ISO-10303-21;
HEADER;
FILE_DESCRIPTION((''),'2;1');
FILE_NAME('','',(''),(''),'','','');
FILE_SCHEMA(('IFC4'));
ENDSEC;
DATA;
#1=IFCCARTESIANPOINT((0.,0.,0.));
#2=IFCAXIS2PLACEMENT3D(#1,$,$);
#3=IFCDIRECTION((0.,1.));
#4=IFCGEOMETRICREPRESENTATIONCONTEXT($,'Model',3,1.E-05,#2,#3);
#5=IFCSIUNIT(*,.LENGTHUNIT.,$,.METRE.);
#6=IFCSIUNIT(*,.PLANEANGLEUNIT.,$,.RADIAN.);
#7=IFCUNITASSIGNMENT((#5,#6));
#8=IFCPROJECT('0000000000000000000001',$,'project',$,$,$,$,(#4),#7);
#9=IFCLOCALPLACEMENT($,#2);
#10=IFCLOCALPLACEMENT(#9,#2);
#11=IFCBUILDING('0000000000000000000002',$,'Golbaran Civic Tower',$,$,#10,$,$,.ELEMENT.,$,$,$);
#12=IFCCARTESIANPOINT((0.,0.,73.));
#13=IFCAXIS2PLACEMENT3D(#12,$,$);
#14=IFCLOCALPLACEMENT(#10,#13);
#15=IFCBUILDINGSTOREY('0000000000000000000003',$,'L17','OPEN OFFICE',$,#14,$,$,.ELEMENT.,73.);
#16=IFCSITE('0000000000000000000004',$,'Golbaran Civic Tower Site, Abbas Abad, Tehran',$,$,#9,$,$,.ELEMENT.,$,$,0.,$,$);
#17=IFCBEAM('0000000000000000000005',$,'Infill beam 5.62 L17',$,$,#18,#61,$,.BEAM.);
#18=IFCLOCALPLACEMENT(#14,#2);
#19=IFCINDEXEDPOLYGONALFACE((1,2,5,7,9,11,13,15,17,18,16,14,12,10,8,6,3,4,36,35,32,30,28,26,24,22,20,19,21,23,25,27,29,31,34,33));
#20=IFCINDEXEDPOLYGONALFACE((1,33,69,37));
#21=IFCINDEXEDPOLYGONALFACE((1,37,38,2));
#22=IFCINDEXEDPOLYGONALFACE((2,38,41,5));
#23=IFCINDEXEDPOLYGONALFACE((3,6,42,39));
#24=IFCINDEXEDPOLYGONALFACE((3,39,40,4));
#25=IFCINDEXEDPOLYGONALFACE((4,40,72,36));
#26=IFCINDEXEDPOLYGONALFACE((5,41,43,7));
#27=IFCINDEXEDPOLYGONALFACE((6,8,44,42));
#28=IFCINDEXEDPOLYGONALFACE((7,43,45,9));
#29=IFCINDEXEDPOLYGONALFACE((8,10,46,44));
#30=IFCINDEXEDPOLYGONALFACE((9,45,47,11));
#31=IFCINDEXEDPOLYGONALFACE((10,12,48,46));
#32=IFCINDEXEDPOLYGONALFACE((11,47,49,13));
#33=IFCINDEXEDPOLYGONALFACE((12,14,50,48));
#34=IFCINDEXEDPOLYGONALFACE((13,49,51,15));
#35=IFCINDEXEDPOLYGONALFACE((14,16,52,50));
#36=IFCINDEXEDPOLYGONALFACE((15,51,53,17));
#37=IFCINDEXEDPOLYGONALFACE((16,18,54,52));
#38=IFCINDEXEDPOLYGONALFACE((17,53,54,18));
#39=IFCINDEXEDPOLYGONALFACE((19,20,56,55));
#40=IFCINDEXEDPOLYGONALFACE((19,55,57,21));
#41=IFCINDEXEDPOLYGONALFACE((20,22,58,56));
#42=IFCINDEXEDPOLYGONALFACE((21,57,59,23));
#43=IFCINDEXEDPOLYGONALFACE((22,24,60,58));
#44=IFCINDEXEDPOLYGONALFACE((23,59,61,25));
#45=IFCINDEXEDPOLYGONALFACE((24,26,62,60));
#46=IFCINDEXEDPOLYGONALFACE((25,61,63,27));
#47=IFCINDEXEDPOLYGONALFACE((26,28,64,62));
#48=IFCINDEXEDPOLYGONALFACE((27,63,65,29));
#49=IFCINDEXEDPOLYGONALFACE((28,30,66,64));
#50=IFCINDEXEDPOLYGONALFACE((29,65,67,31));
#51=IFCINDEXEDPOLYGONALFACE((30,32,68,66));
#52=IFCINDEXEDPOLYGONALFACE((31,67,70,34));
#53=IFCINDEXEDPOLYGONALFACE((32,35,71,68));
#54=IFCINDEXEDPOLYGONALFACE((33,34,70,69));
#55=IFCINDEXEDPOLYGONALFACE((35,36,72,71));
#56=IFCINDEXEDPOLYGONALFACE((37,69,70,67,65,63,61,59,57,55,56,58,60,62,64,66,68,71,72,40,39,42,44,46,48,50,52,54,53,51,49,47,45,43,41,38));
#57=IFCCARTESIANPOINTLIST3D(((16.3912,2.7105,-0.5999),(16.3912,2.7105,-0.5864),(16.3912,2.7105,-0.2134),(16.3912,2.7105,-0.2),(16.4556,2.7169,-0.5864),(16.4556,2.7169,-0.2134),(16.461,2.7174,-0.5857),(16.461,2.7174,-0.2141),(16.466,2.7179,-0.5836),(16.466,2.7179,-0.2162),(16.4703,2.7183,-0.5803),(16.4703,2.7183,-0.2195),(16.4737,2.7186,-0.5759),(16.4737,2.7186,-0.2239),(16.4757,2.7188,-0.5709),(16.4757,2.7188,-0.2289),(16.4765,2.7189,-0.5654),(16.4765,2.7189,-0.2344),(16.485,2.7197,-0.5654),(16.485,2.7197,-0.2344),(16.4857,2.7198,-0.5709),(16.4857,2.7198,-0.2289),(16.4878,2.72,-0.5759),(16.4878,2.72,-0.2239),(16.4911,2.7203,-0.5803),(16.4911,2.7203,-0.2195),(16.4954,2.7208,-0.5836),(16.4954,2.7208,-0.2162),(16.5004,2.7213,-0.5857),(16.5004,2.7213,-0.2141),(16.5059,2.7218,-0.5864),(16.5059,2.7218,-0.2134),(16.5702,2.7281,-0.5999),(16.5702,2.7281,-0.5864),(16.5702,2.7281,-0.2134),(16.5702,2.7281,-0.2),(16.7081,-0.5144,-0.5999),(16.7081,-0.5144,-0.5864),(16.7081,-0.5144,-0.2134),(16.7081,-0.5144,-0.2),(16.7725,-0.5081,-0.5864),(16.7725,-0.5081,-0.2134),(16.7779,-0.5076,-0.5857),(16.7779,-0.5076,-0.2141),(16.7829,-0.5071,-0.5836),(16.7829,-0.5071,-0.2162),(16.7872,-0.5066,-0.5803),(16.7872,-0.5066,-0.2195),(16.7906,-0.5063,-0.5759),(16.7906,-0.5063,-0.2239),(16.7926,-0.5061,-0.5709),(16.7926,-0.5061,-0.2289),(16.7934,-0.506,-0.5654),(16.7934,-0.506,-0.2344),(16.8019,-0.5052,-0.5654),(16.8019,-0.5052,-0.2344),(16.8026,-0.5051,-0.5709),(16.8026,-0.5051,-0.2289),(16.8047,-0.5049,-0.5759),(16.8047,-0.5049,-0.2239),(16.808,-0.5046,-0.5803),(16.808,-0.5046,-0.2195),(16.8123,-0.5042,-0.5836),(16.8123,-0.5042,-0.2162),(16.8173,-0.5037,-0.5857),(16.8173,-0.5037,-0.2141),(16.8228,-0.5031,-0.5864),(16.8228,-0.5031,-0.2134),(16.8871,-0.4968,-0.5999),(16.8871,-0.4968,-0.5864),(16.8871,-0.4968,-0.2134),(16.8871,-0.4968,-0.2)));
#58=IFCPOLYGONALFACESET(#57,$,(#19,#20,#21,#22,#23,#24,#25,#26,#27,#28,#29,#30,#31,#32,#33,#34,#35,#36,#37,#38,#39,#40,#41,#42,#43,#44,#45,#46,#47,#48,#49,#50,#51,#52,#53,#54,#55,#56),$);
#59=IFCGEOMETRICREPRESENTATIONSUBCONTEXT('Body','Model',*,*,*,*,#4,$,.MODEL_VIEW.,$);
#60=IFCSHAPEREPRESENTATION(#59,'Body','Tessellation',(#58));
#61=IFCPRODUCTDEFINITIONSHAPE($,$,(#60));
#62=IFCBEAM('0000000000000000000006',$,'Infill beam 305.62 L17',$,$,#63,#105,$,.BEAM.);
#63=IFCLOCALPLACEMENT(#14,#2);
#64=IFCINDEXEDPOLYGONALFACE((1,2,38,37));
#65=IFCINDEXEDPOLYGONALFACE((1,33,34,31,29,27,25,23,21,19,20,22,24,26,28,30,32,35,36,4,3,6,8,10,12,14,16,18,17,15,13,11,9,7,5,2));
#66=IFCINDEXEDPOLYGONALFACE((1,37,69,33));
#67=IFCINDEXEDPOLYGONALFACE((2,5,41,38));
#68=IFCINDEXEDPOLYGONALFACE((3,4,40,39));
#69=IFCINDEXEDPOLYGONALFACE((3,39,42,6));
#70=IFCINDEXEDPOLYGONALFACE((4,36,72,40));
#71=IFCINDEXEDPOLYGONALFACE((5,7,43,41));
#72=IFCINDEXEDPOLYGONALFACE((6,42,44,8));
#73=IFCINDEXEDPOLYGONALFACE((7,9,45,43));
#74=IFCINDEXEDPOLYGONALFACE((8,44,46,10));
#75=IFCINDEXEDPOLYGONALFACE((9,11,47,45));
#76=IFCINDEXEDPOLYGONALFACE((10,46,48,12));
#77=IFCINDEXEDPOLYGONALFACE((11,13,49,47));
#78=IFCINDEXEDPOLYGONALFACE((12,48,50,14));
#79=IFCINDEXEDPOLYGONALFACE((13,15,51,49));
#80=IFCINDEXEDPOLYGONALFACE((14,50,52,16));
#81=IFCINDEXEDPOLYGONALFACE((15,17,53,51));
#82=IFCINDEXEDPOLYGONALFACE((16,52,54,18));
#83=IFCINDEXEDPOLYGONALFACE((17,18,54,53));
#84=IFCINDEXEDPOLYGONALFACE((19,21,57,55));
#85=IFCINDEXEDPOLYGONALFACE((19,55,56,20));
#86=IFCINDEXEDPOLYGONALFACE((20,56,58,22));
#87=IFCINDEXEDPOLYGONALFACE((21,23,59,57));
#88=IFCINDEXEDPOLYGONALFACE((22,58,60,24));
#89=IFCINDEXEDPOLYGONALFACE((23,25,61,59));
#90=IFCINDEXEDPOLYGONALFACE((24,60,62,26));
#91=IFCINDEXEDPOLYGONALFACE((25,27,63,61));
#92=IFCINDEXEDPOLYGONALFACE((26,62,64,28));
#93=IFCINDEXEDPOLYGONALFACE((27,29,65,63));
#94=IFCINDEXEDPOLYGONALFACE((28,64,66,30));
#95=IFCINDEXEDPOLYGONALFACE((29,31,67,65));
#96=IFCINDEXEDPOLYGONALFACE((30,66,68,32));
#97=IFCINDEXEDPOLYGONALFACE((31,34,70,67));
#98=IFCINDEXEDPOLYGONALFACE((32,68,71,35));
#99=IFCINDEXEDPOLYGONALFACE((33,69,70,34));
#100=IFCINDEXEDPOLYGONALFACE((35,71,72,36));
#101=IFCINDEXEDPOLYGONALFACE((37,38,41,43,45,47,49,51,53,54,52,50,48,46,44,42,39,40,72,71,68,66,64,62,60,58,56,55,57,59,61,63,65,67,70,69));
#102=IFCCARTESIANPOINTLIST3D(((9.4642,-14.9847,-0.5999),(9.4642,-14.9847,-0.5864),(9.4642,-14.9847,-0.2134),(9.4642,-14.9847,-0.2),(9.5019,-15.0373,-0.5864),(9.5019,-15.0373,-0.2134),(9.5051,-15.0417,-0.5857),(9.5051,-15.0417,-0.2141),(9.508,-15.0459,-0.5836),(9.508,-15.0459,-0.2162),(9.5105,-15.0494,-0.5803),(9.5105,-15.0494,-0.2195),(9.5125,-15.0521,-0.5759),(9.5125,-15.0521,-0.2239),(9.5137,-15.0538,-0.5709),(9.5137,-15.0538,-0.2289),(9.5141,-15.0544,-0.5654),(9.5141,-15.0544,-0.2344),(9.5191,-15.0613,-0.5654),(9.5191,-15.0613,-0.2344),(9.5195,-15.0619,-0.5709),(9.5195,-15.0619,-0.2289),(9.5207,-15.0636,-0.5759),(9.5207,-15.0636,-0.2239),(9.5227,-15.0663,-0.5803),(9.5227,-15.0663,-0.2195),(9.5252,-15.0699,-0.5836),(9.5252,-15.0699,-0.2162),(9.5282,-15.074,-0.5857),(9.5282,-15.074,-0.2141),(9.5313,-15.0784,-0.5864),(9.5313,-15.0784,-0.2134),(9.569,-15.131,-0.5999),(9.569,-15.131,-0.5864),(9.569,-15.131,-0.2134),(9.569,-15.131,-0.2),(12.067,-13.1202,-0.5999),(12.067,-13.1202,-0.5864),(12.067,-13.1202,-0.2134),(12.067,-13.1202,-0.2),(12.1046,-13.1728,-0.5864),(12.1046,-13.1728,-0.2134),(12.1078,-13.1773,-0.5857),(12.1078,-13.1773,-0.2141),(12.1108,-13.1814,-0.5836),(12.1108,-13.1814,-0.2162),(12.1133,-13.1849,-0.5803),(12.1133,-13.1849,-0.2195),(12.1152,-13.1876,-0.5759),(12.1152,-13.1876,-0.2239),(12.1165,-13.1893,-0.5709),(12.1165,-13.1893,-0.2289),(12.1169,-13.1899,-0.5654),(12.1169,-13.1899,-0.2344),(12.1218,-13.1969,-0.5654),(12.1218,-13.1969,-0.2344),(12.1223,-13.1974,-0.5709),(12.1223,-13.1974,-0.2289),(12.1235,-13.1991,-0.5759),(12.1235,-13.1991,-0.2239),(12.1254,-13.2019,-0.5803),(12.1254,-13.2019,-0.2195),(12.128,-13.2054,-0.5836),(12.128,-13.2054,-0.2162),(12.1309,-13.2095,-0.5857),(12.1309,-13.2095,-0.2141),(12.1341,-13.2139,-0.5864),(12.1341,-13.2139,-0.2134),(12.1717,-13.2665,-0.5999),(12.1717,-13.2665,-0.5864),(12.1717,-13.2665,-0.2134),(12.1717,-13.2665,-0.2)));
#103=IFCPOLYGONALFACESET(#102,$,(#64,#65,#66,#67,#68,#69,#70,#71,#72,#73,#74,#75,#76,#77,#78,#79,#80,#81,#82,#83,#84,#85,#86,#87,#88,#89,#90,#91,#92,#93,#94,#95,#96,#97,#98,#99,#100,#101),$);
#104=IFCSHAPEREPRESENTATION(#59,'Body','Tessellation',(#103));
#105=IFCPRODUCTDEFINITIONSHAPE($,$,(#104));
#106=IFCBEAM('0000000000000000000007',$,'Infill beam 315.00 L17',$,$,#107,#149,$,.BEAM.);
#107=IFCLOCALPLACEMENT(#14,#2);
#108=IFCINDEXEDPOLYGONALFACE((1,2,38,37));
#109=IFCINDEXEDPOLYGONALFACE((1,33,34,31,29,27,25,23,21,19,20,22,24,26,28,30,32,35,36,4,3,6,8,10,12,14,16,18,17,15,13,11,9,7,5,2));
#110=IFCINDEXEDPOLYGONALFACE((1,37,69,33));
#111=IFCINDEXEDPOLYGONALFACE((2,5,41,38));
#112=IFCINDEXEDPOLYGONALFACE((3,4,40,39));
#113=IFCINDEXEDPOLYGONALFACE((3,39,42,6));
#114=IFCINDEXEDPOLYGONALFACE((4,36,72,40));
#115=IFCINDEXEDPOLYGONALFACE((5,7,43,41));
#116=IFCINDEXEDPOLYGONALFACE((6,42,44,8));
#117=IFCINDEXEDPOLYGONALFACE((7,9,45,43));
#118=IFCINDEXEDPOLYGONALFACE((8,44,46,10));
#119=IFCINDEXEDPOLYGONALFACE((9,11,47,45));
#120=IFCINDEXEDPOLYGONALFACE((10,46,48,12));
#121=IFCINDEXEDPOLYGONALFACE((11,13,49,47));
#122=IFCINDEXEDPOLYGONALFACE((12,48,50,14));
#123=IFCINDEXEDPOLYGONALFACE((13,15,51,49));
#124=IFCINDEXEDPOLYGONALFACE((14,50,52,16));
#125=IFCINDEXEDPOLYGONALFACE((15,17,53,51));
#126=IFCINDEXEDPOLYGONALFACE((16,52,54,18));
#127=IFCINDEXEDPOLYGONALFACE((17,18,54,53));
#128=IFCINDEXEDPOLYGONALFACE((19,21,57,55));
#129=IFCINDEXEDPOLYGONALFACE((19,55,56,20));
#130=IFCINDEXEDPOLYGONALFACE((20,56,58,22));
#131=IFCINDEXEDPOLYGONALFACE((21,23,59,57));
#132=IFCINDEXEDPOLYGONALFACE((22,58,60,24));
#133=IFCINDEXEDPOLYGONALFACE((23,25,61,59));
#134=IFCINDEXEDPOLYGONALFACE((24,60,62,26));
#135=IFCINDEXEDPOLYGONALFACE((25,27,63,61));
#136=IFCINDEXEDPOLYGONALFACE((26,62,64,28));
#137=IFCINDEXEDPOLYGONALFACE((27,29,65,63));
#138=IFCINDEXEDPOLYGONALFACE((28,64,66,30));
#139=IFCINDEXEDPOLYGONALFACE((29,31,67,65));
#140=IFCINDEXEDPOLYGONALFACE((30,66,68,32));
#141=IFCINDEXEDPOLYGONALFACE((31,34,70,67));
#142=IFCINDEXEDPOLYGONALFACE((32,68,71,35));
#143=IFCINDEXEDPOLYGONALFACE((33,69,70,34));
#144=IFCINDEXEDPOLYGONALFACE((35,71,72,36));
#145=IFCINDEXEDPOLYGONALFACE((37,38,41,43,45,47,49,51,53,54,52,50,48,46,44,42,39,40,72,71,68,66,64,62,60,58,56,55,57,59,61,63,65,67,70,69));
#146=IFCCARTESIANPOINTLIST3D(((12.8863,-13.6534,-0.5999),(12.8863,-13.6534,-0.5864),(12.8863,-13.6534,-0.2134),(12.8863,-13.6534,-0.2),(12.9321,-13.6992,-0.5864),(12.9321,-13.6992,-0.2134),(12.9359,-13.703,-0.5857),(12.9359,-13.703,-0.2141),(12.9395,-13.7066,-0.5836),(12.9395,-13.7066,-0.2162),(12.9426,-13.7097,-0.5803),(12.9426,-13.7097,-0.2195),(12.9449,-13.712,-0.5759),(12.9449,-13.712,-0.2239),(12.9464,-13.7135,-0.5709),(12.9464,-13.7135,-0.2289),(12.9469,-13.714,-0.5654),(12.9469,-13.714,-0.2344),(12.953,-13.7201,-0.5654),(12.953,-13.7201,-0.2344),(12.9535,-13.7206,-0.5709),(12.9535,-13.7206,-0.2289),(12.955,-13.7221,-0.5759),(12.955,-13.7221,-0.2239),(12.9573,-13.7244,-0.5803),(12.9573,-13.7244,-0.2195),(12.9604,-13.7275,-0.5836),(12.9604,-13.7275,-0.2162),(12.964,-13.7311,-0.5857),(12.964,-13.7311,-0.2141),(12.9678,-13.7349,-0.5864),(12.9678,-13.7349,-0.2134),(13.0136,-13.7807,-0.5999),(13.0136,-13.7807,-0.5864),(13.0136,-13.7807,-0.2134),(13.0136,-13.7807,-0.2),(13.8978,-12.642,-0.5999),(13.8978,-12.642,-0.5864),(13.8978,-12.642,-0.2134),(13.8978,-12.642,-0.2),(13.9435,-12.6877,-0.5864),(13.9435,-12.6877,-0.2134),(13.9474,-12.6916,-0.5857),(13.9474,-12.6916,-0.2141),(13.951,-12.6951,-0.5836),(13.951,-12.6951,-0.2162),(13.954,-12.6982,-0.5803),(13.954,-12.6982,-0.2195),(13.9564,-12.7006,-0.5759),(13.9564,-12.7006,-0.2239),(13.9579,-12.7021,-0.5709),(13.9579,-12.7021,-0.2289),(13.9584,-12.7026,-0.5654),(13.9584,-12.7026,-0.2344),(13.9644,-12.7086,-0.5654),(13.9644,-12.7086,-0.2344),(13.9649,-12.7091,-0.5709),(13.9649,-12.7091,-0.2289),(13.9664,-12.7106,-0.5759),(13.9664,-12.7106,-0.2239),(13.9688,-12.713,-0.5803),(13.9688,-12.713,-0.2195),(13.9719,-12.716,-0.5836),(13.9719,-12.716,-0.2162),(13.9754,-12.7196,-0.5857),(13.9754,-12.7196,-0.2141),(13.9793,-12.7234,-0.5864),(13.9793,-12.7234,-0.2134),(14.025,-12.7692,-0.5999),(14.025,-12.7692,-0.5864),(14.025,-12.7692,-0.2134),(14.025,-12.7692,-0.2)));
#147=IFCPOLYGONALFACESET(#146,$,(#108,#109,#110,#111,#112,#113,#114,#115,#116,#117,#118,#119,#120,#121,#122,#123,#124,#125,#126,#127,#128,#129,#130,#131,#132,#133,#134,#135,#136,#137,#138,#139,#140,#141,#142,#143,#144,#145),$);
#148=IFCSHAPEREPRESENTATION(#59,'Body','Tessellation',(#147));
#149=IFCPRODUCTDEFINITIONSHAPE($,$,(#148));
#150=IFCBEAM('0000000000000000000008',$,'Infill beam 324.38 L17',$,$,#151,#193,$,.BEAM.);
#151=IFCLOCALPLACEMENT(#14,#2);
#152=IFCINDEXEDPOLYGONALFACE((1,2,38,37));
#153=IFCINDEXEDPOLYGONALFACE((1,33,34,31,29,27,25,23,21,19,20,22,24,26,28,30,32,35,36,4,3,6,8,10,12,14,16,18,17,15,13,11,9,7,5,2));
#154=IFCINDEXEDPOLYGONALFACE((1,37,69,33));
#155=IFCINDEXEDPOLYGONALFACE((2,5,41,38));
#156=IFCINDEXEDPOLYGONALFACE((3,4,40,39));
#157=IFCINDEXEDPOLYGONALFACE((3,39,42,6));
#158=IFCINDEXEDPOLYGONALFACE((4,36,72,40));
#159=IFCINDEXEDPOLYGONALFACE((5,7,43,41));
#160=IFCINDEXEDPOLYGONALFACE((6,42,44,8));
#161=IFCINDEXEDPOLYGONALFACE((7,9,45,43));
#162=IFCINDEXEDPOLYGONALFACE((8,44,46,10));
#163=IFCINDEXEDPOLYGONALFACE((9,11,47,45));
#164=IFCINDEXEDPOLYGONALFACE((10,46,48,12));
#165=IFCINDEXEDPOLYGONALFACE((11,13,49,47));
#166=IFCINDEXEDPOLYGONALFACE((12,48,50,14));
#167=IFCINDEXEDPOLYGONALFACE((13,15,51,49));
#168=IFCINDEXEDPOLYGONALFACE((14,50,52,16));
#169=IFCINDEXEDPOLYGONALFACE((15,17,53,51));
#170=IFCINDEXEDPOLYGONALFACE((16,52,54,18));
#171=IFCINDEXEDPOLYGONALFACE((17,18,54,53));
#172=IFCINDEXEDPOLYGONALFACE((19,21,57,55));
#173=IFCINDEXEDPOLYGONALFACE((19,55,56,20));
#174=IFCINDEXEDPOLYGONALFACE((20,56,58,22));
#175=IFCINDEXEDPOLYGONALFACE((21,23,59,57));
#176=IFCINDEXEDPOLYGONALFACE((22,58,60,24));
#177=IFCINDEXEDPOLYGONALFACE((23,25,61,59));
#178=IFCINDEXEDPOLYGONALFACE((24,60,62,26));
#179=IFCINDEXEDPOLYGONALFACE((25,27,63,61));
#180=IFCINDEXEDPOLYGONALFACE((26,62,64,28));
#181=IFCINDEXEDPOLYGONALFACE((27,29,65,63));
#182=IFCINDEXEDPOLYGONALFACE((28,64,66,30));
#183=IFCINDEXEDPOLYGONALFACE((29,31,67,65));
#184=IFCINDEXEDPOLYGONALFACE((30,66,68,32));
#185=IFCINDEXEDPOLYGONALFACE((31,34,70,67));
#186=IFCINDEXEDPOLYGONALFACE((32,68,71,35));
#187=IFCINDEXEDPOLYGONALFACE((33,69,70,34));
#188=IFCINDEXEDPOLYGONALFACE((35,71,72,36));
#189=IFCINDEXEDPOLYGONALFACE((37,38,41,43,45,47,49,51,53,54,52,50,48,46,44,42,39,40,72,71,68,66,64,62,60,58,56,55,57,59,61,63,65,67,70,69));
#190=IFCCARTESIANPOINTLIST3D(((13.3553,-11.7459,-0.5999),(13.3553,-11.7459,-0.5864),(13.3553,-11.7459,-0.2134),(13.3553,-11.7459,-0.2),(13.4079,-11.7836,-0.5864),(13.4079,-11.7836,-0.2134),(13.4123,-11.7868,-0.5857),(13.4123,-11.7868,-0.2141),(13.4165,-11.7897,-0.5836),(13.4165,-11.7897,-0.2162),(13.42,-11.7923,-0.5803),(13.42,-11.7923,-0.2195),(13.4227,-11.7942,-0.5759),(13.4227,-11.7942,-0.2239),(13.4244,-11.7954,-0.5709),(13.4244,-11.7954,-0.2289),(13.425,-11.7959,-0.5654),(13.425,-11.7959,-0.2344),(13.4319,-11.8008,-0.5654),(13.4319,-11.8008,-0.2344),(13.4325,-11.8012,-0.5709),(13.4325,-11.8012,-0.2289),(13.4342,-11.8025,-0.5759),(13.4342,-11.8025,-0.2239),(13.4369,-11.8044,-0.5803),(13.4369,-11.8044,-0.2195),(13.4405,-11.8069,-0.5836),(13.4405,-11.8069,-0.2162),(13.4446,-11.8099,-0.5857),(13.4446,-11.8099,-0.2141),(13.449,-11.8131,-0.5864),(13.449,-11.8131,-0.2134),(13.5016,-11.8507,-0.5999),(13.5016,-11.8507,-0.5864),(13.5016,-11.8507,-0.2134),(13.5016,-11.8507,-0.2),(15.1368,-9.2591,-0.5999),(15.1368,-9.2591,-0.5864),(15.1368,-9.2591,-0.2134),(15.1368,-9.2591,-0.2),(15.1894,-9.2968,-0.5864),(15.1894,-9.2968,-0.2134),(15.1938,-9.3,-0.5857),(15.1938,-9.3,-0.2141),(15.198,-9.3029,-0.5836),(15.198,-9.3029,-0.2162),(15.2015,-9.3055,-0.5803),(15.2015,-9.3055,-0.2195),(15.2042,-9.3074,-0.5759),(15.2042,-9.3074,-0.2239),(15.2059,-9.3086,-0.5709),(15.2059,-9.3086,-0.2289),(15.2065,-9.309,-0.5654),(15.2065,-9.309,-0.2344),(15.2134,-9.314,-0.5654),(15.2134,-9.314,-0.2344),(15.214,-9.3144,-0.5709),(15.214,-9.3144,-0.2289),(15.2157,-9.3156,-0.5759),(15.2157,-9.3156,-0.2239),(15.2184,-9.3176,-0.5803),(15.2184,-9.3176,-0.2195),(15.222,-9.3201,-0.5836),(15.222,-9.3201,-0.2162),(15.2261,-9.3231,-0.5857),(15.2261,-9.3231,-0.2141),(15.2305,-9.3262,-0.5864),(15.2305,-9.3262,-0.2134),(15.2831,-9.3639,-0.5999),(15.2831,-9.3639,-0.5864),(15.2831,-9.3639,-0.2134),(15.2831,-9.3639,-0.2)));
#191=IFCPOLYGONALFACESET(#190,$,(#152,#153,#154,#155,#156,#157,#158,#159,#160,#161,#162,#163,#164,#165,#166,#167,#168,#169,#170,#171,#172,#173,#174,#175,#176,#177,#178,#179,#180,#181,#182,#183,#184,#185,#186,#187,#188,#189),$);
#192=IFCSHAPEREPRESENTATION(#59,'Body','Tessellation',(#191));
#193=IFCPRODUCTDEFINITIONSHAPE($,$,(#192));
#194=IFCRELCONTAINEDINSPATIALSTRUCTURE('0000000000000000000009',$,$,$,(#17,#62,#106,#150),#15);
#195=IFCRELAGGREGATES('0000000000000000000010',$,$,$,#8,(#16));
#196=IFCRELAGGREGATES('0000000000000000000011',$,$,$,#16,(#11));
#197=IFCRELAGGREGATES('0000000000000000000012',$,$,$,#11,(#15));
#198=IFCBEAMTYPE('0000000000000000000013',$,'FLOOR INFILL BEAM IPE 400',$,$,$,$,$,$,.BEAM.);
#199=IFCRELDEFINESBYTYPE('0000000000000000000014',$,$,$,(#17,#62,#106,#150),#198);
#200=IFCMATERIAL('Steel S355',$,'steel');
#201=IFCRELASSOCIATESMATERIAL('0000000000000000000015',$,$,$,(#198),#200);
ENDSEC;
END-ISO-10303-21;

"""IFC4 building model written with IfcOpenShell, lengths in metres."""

from ifc_helpers import new_model, si_unit, direction, frame, origin, origin_2d, place, context, subcontext, project, spatial, i_section, extrude, material, material_profile, profile_set, type_object, element, save


model = new_model("IFC4")

# Units and contexts
model_context = context("Model", 3, precision=1e-05, world=origin(), true_north=direction((0.0, 1.0)))
body_context = subcontext(model_context, "Body", "Model", "MODEL_VIEW")
ifc_project = project(units=[si_unit("LENGTHUNIT", "METRE"), si_unit("PLANEANGLEUNIT", "RADIAN")], contexts=[model_context])

# Site, building, storey
site_placement = place(None, origin())
site = spatial("IfcSite", under=ifc_project, at=site_placement, Name="Golbaran Civic Tower Site, Abbas Abad, Tehran", CompositionType="ELEMENT", RefElevation=0.0)
building_placement = place(site_placement, origin())
building = spatial("IfcBuilding", under=site, at=building_placement, Name="Golbaran Civic Tower", CompositionType="ELEMENT")
storey_placement = place(building_placement, frame((0.0, 0.0, 73.0)))
storey = spatial("IfcBuildingStorey", under=building, at=storey_placement, Name="L17", Description="OPEN OFFICE", CompositionType="ELEMENT", Elevation=73.0)

# Beams
ifc_material_1 = material(Name="Steel S355", Category="steel")
ifc_material_profile_1 = material_profile(ifc_material_1, i_section(OverallWidth=0.1799, OverallDepth=0.3999, WebThickness=0.0085, FlangeThickness=0.0134, FilletRadius=0.021, at=origin_2d()), Name="IPE 400")
ifc_profile_set_1 = profile_set([ifc_material_profile_1], Name="Steel S355")
beam_type_1 = type_object("IfcBeamType", Name="FLOOR INFILL BEAM IPE 400", PredefinedType="BEAM", material=ifc_profile_set_1)
beam_1_placement = place(storey_placement, frame((16.7976, -0.5056, -0.3999), z_axis=(-0.097795, 0.995207, 0.0), x_axis=(-0.995207, -0.097795, 0.0)))
element("IfcBeam", 1, at=beam_1_placement, inside=storey, type_object=beam_type_1, Name="Infill beam 5.62 L17", PredefinedType="BEAM", context=body_context, shape_type="SweptSolid", body=[
    extrude(i_section(OverallWidth=0.1799, OverallDepth=0.3999, WebThickness=0.0085, FlangeThickness=0.0134, FilletRadius=0.021, at=origin_2d()), origin(), (0.0, 0.0, 1.0), 3.2405),
])
beam_2_placement = place(storey_placement, frame((9.5166, -15.0579, -0.3999), z_axis=(0.812939, 0.582348, 0.0), x_axis=(-0.582348, 0.812939, 0.0)))
element("IfcBeam", 2, at=beam_2_placement, inside=storey, type_object=beam_type_1, Name="Infill beam 305.62 L17", PredefinedType="BEAM", context=body_context, shape_type="SweptSolid", body=[
    extrude(i_section(OverallWidth=0.1799, OverallDepth=0.3999, WebThickness=0.0085, FlangeThickness=0.0134, FilletRadius=0.021, at=origin_2d()), origin(), (0.0, 0.0, 1.0), 3.2017),
])
beam_3_placement = place(storey_placement, frame((12.95, -13.717, -0.3999), z_axis=(0.707107, 0.707107, 0.0), x_axis=(-0.707107, 0.707107, 0.0)))
element("IfcBeam", 3, at=beam_3_placement, inside=storey, type_object=beam_type_1, Name="Infill beam 315.00 L17", PredefinedType="BEAM", context=body_context, shape_type="SweptSolid", body=[
    extrude(i_section(OverallWidth=0.1799, OverallDepth=0.3999, WebThickness=0.0085, FlangeThickness=0.0134, FilletRadius=0.021, at=origin_2d()), origin(), (0.0, 0.0, 1.0), 1.4304),
])
beam_4_placement = place(storey_placement, frame((13.4285, -11.7983, -0.3999), z_axis=(0.582363, 0.812929, 0.0), x_axis=(-0.812929, 0.582363, 0.0)))
element("IfcBeam", 4, at=beam_4_placement, inside=storey, type_object=beam_type_1, Name="Infill beam 324.38 L17", PredefinedType="BEAM", context=body_context, shape_type="SweptSolid", body=[
    extrude(i_section(OverallWidth=0.1799, OverallDepth=0.3999, WebThickness=0.0085, FlangeThickness=0.0134, FilletRadius=0.021, at=origin_2d()), origin(), (0.0, 0.0, 1.0), 3.0591),
])

save(model, "model.ifc")
